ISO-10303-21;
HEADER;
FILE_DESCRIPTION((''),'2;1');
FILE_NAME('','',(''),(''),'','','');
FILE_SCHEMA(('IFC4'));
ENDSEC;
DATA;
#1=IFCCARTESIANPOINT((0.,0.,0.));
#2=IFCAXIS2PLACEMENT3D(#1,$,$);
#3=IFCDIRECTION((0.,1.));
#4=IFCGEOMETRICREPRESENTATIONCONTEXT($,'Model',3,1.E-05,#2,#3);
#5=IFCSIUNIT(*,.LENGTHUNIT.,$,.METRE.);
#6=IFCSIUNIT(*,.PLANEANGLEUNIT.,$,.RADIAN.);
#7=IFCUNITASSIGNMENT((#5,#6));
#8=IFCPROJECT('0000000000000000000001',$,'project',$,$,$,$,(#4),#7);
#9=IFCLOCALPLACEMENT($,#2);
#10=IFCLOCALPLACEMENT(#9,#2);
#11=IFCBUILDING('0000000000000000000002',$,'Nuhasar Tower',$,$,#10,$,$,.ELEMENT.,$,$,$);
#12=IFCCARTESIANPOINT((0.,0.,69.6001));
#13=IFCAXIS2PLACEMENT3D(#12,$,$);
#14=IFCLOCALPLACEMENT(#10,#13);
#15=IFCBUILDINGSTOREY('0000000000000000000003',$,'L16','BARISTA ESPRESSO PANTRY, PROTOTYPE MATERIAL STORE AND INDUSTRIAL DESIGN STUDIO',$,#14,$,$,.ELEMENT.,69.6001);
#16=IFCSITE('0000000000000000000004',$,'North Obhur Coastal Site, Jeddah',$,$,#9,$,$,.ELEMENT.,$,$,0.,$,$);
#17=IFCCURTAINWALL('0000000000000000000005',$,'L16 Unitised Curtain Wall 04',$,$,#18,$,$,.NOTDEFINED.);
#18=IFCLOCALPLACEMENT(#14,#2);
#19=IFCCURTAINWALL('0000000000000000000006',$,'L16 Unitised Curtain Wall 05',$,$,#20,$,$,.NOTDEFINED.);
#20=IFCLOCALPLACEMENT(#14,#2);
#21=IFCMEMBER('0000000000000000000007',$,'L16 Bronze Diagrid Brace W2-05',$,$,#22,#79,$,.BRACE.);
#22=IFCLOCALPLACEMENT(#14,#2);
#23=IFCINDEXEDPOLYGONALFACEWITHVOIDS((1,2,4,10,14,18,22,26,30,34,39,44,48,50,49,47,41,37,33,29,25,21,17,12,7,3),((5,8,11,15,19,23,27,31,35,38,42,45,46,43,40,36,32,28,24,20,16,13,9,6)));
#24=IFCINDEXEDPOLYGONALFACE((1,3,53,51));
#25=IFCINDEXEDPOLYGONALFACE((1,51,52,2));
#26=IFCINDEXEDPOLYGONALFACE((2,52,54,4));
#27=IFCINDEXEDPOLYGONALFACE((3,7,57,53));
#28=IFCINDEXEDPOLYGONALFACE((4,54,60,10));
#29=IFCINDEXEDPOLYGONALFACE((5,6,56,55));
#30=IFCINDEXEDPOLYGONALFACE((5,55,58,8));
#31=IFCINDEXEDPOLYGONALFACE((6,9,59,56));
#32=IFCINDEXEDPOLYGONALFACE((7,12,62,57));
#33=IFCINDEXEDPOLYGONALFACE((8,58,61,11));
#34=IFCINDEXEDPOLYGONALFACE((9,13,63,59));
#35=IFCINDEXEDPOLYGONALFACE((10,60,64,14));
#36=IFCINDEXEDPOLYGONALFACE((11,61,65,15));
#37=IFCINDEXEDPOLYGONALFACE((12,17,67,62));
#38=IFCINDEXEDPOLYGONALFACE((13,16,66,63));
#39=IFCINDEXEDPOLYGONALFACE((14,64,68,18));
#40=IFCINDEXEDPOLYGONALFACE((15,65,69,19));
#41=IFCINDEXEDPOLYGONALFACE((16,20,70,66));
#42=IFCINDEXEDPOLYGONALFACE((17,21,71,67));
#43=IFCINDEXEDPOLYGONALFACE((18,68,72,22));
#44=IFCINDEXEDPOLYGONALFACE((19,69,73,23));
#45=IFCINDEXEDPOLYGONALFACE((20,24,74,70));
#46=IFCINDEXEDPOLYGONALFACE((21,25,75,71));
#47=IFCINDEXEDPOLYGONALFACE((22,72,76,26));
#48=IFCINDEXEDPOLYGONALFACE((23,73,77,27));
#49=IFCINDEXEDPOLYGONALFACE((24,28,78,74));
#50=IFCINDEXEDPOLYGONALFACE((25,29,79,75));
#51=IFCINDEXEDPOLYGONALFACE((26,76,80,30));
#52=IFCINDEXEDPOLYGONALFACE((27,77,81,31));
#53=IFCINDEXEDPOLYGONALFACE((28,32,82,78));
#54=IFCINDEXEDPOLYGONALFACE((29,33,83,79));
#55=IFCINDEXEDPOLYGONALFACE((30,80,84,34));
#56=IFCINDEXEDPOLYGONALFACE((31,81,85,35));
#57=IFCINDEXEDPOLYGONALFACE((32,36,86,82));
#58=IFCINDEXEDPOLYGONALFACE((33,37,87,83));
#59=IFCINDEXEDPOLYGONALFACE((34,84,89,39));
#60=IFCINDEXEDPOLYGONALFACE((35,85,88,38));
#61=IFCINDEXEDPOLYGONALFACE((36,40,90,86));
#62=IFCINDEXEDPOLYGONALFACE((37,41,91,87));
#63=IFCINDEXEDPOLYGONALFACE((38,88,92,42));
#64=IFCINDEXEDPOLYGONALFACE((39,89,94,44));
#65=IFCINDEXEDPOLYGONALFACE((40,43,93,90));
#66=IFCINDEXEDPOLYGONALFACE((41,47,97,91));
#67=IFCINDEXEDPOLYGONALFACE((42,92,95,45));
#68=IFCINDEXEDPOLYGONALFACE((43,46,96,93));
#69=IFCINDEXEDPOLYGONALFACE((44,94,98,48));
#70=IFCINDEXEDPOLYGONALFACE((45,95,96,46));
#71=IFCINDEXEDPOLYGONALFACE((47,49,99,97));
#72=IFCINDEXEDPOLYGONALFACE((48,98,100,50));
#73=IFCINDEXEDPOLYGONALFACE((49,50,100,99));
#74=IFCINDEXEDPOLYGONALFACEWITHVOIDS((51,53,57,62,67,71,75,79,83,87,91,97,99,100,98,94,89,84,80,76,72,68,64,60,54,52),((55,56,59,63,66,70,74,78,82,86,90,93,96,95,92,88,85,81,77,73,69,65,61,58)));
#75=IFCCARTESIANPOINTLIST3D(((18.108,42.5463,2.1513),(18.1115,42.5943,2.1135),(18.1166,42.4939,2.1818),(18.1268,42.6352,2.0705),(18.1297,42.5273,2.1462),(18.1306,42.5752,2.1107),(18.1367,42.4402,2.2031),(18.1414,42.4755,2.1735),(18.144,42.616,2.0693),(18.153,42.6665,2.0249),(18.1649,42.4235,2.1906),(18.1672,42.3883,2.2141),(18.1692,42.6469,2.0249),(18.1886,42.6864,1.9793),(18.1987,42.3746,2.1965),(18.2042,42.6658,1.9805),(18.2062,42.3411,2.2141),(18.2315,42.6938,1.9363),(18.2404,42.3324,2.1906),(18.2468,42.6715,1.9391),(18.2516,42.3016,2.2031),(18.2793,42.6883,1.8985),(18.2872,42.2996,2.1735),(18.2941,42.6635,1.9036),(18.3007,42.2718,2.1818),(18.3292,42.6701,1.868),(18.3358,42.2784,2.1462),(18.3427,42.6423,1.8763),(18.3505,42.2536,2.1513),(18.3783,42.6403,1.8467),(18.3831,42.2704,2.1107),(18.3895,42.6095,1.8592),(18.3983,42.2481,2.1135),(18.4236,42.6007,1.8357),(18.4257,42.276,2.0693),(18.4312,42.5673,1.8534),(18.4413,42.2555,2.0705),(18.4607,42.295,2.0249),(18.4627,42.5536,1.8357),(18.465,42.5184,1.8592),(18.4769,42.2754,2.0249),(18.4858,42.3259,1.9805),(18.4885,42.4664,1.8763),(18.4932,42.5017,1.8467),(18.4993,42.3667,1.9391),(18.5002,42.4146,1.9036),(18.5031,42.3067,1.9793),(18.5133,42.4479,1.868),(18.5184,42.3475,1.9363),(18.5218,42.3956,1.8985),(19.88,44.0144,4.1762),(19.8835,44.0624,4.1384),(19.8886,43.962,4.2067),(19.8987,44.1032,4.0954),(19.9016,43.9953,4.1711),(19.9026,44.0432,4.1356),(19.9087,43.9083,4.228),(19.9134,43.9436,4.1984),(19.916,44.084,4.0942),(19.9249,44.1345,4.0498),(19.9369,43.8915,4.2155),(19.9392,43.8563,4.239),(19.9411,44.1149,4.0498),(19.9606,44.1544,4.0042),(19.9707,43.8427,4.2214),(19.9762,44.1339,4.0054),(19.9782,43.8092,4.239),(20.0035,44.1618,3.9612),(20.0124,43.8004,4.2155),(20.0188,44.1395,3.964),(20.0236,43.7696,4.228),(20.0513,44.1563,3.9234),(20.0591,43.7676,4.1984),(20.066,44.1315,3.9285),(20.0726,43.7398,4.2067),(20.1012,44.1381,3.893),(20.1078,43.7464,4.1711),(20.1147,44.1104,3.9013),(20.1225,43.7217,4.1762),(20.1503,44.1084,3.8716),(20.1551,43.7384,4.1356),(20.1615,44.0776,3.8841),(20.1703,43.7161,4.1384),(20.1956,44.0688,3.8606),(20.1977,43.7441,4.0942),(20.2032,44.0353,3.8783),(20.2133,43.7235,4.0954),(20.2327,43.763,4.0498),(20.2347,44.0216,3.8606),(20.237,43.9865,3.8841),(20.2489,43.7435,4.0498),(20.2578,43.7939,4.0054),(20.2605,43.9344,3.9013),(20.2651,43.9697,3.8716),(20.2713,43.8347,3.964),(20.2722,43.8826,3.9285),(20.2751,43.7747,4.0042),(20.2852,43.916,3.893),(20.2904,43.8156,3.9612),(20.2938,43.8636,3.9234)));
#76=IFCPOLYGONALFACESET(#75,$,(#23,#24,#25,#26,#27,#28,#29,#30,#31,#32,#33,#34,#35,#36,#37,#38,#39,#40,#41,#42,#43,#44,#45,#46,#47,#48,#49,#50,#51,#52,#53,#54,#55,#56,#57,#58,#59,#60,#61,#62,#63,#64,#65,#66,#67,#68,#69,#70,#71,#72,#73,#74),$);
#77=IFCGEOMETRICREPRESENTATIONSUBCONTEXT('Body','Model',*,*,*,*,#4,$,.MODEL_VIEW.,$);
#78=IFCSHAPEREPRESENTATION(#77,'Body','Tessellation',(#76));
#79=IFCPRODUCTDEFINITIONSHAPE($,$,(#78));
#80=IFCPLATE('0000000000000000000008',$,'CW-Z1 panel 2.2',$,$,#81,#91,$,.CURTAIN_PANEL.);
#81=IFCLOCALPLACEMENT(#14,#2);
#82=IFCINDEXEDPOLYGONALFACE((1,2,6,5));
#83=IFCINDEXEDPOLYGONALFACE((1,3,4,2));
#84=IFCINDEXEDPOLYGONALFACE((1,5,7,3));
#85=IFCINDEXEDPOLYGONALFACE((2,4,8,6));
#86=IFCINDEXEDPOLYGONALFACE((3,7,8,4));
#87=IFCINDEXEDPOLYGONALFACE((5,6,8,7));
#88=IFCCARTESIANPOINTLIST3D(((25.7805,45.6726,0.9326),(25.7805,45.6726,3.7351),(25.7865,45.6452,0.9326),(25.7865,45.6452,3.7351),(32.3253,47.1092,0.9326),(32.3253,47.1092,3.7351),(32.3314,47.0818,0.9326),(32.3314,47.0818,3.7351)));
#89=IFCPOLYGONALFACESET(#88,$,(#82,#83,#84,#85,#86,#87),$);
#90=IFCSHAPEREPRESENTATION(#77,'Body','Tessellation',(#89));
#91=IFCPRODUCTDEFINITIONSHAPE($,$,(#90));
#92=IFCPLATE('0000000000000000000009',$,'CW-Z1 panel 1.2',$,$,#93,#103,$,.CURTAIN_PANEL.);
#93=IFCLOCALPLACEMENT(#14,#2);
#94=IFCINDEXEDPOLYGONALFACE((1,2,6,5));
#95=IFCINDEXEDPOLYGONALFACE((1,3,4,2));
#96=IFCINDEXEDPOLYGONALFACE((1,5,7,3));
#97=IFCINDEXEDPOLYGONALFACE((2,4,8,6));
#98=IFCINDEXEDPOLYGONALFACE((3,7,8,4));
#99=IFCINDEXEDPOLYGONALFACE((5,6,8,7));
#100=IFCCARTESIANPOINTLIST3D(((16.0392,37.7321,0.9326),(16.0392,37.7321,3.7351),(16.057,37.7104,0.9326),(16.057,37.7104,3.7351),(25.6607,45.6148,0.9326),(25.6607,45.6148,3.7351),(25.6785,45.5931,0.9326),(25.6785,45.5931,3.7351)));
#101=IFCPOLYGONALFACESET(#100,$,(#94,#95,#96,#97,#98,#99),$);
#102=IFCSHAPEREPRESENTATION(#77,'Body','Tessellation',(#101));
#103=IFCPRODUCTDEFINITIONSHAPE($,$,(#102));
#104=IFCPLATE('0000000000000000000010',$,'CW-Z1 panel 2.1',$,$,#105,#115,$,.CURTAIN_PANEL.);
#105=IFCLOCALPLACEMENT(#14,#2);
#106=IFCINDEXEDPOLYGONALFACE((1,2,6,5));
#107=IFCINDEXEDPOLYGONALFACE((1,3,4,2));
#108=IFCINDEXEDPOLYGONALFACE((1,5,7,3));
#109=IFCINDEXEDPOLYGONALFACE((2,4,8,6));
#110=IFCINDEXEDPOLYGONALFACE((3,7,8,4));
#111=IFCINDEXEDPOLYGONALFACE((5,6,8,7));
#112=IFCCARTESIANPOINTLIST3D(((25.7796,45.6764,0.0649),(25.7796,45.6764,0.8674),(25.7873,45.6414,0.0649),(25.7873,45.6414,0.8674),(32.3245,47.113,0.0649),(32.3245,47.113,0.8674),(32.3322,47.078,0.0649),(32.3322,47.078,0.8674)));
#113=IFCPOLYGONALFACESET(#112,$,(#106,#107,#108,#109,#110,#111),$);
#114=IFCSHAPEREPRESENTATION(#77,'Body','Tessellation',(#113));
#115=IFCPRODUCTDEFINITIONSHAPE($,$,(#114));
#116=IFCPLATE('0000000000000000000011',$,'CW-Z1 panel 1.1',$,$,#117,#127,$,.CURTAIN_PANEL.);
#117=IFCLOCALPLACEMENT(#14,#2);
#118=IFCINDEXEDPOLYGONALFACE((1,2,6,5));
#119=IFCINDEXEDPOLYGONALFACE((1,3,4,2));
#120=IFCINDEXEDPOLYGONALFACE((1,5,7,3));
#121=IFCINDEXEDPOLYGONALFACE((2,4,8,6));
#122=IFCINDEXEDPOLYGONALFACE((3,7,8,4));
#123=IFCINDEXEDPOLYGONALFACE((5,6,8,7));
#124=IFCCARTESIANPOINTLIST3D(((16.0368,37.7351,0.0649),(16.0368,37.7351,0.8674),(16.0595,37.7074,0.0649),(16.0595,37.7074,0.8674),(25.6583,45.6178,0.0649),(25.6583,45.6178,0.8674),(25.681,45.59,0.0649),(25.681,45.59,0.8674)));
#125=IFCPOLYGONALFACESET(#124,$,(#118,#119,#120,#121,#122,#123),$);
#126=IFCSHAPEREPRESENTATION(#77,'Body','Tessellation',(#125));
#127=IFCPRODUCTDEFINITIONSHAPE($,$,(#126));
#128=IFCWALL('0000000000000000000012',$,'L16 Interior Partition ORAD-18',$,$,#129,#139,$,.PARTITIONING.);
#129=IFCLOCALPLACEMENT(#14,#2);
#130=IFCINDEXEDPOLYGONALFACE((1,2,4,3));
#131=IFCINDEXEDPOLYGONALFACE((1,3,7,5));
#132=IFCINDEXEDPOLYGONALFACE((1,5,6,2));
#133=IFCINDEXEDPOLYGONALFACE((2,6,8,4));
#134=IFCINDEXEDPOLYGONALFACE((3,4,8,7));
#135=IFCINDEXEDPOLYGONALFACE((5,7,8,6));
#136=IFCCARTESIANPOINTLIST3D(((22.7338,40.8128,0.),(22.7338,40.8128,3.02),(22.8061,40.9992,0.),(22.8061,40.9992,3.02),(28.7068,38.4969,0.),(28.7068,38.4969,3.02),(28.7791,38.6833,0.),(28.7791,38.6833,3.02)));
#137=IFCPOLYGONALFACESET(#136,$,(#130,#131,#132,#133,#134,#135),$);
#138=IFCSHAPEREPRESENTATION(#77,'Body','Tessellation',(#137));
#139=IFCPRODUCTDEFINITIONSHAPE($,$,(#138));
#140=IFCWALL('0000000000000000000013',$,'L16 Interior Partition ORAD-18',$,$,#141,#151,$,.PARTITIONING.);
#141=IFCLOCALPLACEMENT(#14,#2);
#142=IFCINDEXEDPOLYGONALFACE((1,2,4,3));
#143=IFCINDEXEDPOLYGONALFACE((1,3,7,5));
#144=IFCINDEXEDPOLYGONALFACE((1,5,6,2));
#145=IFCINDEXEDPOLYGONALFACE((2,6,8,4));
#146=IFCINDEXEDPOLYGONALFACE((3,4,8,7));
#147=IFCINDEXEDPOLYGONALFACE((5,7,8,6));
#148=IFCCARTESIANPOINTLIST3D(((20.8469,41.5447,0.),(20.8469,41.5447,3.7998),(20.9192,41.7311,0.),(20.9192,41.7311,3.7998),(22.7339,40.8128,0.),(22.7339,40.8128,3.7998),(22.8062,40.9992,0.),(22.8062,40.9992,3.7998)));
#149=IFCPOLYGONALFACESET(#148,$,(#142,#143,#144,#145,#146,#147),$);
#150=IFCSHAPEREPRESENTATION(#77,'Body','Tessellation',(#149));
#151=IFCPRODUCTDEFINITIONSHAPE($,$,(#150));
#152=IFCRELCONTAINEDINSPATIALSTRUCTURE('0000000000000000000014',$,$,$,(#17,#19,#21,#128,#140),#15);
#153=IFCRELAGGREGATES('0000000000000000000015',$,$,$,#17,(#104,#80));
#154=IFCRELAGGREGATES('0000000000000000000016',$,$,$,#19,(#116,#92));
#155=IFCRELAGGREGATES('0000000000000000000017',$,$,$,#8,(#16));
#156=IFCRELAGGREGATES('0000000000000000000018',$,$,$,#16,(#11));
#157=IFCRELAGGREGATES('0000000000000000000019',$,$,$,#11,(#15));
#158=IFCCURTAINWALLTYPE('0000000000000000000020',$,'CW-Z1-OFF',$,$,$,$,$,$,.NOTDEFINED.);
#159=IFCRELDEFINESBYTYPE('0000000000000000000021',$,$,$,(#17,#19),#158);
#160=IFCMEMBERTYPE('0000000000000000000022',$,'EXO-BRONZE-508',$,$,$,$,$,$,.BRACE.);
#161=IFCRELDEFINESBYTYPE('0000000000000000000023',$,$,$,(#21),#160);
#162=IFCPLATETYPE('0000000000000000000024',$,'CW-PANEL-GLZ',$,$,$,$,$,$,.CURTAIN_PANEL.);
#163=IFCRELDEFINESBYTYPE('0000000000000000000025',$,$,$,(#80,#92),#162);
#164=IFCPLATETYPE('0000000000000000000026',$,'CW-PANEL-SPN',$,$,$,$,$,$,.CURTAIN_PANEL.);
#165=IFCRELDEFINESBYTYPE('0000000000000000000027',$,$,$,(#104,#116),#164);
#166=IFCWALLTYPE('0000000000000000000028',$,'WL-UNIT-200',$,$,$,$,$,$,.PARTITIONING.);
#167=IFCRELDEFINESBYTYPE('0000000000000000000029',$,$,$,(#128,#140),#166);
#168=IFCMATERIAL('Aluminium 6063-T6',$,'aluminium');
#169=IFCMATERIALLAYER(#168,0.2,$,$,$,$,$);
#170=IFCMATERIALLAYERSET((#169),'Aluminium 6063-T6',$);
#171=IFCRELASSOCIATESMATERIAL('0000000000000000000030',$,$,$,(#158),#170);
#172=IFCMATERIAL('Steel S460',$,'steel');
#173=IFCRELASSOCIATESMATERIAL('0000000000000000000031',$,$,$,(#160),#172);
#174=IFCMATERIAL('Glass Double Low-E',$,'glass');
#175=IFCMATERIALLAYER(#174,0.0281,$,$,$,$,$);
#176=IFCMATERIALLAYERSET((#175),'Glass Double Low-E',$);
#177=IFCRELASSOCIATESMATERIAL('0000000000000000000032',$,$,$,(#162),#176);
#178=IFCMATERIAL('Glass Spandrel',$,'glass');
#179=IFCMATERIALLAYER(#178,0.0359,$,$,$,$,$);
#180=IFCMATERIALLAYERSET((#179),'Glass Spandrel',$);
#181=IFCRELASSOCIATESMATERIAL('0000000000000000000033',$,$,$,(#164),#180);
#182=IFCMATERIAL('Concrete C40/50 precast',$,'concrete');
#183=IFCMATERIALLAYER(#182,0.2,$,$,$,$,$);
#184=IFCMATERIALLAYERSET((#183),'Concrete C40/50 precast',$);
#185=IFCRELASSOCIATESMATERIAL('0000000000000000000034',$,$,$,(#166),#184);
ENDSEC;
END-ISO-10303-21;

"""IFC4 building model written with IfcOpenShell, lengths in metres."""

from ifc_helpers import new_model, si_unit, direction, frame, frame_2d, origin, origin_2d, place, context, subcontext, project, spatial, rectangle, hollow_circle, extrude, material, layer, layer_set, material_profile, profile_set, type_object, element, aggregate, save


model = new_model("IFC4")

# Units and contexts
model_context = context("Model", 3, precision=1e-05, world=origin(), true_north=direction((0.0, 1.0)))
body_context = subcontext(model_context, "Body", "Model", "MODEL_VIEW")
ifc_project = project(units=[si_unit("LENGTHUNIT", "METRE"), si_unit("PLANEANGLEUNIT", "RADIAN")], contexts=[model_context])

# Site, building, storey
site_placement = place(None, origin())
site = spatial("IfcSite", under=ifc_project, at=site_placement, Name="North Obhur Coastal Site, Jeddah", CompositionType="ELEMENT", RefElevation=0.0)
building_placement = place(site_placement, origin())
building = spatial("IfcBuilding", under=site, at=building_placement, Name="Nuhasar Tower", CompositionType="ELEMENT")
storey_placement = place(building_placement, frame((0.0, 0.0, 69.6001)))
storey = spatial("IfcBuildingStorey", under=building, at=storey_placement, Name="L16", Description="BARISTA ESPRESSO PANTRY, PROTOTYPE MATERIAL STORE AND INDUSTRIAL DESIGN STUDIO", CompositionType="ELEMENT", Elevation=69.6001)

# Curtain wall
ifc_material_1 = material(Name="Aluminium 6063-T6", Category="aluminium")
ifc_layer_1 = layer(ifc_material_1, 0.2)
ifc_layer_set_1 = layer_set([ifc_layer_1], Name="Aluminium 6063-T6")
curtain_wall_type = type_object("IfcCurtainWallType", Name="CW-Z1-OFF", PredefinedType="NOTDEFINED", material=ifc_layer_set_1)
curtain_wall_1_placement = place(storey_placement, origin())
curtain_wall_1 = element("IfcCurtainWall", 1, at=curtain_wall_1_placement, inside=storey, type_object=curtain_wall_type, Name="L16 Unitised Curtain Wall 04", PredefinedType="NOTDEFINED")

# Curtain wall
curtain_wall_2_placement = place(storey_placement, origin())
curtain_wall_2 = element("IfcCurtainWall", 2, at=curtain_wall_2_placement, inside=storey, type_object=curtain_wall_type, Name="L16 Unitised Curtain Wall 05", PredefinedType="NOTDEFINED")

# Member
ifc_material_2 = material(Name="Steel S460", Category="steel")
ifc_material_profile_1 = material_profile(ifc_material_2, hollow_circle(Radius=0.2539, WallThickness=0.0254, at=origin_2d()), Name="HSS508X25.4")
ifc_profile_set_1 = profile_set([ifc_material_profile_1], Name="Steel S460")
member_type_1 = type_object("IfcMemberType", Name="EXO-BRONZE-508", PredefinedType="BRACE", material=ifc_profile_set_1)
for number, where, z_axis, x_axis, name in (
    (3, (18.3149, 42.4709, 2.0249), (0.578102, 0.478937, 0.660619), (-0.637969, 0.770062, 0.0), "L16 Bronze Diagrid Brace W2-05"),
):
    element("IfcMember", number, at=place(storey_placement, frame(where, z_axis=z_axis, x_axis=x_axis)), inside=storey, type_object=member_type_1, Name=name, PredefinedType="BRACE", context=body_context, shape_type="SweptSolid", body=[
        extrude(hollow_circle(Radius=0.2539, WallThickness=0.0254, at=origin_2d()), origin(), (0.0, 0.0, 1.0), 3.0652),
    ])

# Plates
ifc_material_3 = material(Name="Glass Double Low-E", Category="glass")
ifc_layer_2 = layer(ifc_material_3, 0.0281)
ifc_layer_set_2 = layer_set([ifc_layer_2], Name="Glass Double Low-E")
plate_type_1 = type_object("IfcPlateType", Name="CW-PANEL-GLZ", PredefinedType="CURTAIN_PANEL", material=ifc_layer_set_2)
plate_1_placement = place(storey_placement, frame((29.0559, 46.3772, 0.9326), z_axis=(0.0, 0.0, 1.0), x_axis=(-0.976746, -0.214399, 0.0)))
plate_1 = element("IfcPlate", 4, at=plate_1_placement, type_object=plate_type_1, Name="CW-Z1 panel 2.2", PredefinedType="CURTAIN_PANEL", context=body_context, shape_type="SweptSolid", body=[
    extrude(rectangle(XDim=6.7007, YDim=0.0281, at=origin_2d()), origin(), (0.0, 0.0, 1.0), 2.8025),
])
plate_2_placement = place(storey_placement, frame((20.8589, 41.6626, 0.9326), z_axis=(0.0, 0.0, 1.0), x_axis=(-0.773542, -0.633745, 0.0)))
plate_2 = element("IfcPlate", 5, at=plate_2_placement, type_object=plate_type_1, Name="CW-Z1 panel 1.2", PredefinedType="CURTAIN_PANEL", context=body_context, shape_type="SweptSolid", body=[
    extrude(rectangle(XDim=12.4382, YDim=0.0281, at=origin_2d()), origin(), (0.0, 0.0, 1.0), 2.8025),
])
ifc_material_4 = material(Name="Glass Spandrel", Category="glass")
ifc_layer_3 = layer(ifc_material_4, 0.0359)
ifc_layer_set_3 = layer_set([ifc_layer_3], Name="Glass Spandrel")
plate_type_2 = type_object("IfcPlateType", Name="CW-PANEL-SPN", PredefinedType="CURTAIN_PANEL", material=ifc_layer_set_3)
plate_3_placement = place(storey_placement, frame((29.0559, 46.3772, 0.0649), z_axis=(0.0, 0.0, 1.0), x_axis=(-0.976746, -0.214399, 0.0)))
plate_3 = element("IfcPlate", 6, at=plate_3_placement, type_object=plate_type_2, Name="CW-Z1 panel 2.1", PredefinedType="CURTAIN_PANEL", context=body_context, shape_type="SweptSolid", body=[
    extrude(rectangle(XDim=6.7007, YDim=0.0359, at=origin_2d()), origin(), (0.0, 0.0, 1.0), 0.8025),
])
aggregate(curtain_wall_1, [plate_3, plate_1])
plate_4_placement = place(storey_placement, frame((20.8589, 41.6626, 0.0649), z_axis=(0.0, 0.0, 1.0), x_axis=(-0.773542, -0.633745, 0.0)))
plate_4 = element("IfcPlate", 7, at=plate_4_placement, type_object=plate_type_2, Name="CW-Z1 panel 1.1", PredefinedType="CURTAIN_PANEL", context=body_context, shape_type="SweptSolid", body=[
    extrude(rectangle(XDim=12.4382, YDim=0.0359, at=origin_2d()), origin(), (0.0, 0.0, 1.0), 0.8025),
])
aggregate(curtain_wall_2, [plate_4, plate_2])

# Walls
ifc_material_5 = material(Name="Concrete C40/50 precast", Category="concrete")
ifc_layer_4 = layer(ifc_material_5, 0.2)
ifc_layer_set_4 = layer_set([ifc_layer_4], Name="Concrete C40/50 precast")
wall_type = type_object("IfcWallType", Name="WL-UNIT-200", PredefinedType="PARTITIONING", material=ifc_layer_set_4)
wall_1_placement = place(storey_placement, frame((28.7429, 38.5901, 0.0), z_axis=(0.0, 0.0, 1.0), x_axis=(-0.932367, 0.361514, 0.0)))
element("IfcWall", 8, at=wall_1_placement, inside=storey, type_object=wall_type, Name="L16 Interior Partition ORAD-18", PredefinedType="PARTITIONING", context=body_context, shape_type="SweptSolid", body=[
    extrude(rectangle(XDim=6.4062, YDim=0.2, at=frame_2d((3.2031, 0.0))), origin(), (0.0, 0.0, 1.0), 3.02),
])
wall_2_placement = place(storey_placement, frame((22.77, 40.906, 0.0), z_axis=(0.0, 0.0, 1.0), x_axis=(-0.932319, 0.361637, 0.0)))
element("IfcWall", 9, at=wall_2_placement, inside=storey, type_object=wall_type, Name="L16 Interior Partition ORAD-18", PredefinedType="PARTITIONING", context=body_context, shape_type="SweptSolid", body=[
    extrude(rectangle(XDim=2.0239, YDim=0.2, at=frame_2d((1.012, 0.0))), origin(), (0.0, 0.0, 1.0), 3.7998),
])

save(model, "model.ifc")
